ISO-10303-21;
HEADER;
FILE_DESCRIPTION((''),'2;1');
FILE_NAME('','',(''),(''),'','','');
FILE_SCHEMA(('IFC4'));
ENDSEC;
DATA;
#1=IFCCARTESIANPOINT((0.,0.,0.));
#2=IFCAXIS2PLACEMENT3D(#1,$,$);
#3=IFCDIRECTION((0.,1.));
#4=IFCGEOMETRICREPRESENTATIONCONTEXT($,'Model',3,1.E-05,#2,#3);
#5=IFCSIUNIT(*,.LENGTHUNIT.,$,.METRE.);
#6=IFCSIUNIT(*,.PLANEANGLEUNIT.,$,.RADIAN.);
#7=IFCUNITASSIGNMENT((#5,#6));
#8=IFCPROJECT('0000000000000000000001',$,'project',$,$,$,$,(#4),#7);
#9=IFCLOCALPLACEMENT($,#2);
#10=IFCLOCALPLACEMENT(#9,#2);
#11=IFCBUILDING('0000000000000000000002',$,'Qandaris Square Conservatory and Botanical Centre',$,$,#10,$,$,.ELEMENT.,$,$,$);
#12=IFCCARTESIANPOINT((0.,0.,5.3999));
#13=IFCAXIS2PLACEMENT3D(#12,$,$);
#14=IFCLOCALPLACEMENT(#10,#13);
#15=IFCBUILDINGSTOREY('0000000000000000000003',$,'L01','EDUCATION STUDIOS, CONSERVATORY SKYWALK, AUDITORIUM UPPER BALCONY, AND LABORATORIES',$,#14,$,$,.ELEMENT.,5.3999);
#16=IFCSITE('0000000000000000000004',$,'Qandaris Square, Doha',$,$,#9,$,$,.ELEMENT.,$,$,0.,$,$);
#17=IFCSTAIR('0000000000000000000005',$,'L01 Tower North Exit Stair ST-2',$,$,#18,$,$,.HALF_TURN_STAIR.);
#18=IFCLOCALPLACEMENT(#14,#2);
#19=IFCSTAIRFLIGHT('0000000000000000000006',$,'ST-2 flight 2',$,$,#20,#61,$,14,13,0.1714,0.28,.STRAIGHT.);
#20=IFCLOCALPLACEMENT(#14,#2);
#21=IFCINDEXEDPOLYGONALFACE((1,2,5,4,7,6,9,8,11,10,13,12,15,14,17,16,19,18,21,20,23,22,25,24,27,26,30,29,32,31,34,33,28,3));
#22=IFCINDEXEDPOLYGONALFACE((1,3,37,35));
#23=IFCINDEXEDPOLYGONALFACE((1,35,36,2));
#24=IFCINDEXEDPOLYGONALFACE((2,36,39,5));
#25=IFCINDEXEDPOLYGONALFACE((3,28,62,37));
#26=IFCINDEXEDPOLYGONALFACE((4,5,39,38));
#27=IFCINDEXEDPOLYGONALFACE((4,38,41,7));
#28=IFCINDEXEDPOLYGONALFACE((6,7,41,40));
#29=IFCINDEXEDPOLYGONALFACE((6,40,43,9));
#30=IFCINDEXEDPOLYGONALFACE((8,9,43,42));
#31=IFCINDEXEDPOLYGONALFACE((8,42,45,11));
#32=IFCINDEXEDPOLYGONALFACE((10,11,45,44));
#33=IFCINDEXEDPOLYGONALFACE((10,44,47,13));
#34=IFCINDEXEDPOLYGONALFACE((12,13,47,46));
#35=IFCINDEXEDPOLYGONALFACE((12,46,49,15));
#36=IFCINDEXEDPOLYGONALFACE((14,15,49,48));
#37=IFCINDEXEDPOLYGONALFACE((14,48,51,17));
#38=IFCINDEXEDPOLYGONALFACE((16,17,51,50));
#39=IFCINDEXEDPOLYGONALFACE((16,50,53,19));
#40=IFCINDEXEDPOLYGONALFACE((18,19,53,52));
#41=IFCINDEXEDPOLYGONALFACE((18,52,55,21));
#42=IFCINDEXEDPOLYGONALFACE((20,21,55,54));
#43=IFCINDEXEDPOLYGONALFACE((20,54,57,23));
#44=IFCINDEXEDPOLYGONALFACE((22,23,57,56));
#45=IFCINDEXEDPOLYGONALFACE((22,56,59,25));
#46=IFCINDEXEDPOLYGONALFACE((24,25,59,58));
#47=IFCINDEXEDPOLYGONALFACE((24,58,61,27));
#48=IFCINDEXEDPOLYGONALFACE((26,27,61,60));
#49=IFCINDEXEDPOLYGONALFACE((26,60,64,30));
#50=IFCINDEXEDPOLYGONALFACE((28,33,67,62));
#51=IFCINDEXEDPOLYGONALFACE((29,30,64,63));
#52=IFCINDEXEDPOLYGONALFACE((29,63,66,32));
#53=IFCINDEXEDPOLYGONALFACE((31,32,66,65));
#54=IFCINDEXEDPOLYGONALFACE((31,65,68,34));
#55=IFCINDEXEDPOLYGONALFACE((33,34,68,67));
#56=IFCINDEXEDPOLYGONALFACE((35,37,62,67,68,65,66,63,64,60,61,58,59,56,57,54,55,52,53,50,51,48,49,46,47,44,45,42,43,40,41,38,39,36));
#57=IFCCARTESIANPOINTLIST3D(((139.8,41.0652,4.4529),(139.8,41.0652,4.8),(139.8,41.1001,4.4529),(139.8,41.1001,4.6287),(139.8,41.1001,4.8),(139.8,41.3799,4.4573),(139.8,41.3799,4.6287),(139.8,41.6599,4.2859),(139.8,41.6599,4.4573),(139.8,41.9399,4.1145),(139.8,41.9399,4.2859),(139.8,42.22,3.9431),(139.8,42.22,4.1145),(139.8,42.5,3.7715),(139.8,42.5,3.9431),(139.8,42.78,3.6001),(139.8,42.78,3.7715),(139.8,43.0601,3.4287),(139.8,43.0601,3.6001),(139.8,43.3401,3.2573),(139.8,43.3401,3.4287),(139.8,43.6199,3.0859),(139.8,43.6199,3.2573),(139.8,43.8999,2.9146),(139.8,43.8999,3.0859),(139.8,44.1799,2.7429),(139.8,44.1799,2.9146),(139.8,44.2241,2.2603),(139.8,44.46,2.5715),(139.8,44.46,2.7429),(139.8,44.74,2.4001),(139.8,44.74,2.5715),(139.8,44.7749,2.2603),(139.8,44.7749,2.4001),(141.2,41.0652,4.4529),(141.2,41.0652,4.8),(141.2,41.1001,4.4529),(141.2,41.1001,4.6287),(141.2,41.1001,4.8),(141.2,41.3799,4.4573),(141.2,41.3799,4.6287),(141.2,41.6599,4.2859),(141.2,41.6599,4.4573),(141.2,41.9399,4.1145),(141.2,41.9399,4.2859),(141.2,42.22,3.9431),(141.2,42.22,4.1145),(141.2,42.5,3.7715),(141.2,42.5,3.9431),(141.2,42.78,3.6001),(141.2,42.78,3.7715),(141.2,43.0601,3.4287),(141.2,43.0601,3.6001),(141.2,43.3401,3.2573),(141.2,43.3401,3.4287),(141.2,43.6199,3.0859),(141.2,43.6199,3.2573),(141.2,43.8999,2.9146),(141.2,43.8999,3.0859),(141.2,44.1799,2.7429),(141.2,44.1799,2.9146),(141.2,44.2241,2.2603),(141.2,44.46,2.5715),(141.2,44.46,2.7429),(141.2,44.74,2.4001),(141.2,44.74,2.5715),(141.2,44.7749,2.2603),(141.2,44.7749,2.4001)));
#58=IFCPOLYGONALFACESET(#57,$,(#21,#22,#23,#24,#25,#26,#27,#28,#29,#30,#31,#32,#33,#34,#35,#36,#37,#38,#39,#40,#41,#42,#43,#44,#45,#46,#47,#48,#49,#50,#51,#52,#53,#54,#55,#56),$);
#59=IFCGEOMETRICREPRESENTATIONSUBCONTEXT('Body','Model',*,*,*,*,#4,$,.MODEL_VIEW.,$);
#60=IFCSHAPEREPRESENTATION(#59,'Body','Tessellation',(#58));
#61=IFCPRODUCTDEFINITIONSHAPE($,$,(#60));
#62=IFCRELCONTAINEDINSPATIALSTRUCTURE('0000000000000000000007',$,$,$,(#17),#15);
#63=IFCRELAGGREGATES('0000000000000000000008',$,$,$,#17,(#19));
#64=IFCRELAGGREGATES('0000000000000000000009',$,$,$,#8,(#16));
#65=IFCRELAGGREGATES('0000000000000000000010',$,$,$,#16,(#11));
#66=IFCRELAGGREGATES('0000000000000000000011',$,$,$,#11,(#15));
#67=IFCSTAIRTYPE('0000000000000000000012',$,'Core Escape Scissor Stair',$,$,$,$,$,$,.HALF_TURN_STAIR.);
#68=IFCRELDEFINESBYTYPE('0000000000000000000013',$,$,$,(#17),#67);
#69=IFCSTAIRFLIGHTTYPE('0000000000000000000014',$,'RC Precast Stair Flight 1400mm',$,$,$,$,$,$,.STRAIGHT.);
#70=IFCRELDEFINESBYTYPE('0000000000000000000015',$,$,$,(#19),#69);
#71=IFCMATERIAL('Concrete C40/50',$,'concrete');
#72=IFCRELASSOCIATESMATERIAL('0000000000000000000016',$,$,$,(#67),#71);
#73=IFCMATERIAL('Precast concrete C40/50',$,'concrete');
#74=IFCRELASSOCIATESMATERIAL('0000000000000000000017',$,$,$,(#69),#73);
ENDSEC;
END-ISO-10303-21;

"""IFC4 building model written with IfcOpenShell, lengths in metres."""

from ifc_helpers import new_model, si_unit, direction, frame, origin, place, context, subcontext, project, spatial, polyline, outline, extrude, material, type_object, element, aggregate, save


model = new_model("IFC4")

# Units and contexts
model_context = context("Model", 3, precision=1e-05, world=origin(), true_north=direction((0.0, 1.0)))
body_context = subcontext(model_context, "Body", "Model", "MODEL_VIEW")
ifc_project = project(units=[si_unit("LENGTHUNIT", "METRE"), si_unit("PLANEANGLEUNIT", "RADIAN")], contexts=[model_context])

# Site, building, storey
site_placement = place(None, origin())
site = spatial("IfcSite", under=ifc_project, at=site_placement, Name="Qandaris Square, Doha", CompositionType="ELEMENT", RefElevation=0.0)
building_placement = place(site_placement, origin())
building = spatial("IfcBuilding", under=site, at=building_placement, Name="Qandaris Square Conservatory and Botanical Centre", CompositionType="ELEMENT")
storey_placement = place(building_placement, frame((0.0, 0.0, 5.3999)))
storey = spatial("IfcBuildingStorey", under=building, at=storey_placement, Name="L01", Description="EDUCATION STUDIOS, CONSERVATORY SKYWALK, AUDITORIUM UPPER BALCONY, AND LABORATORIES", CompositionType="ELEMENT", Elevation=5.3999)

# Shared definitions
ifc_material_1 = material(Name="Concrete C40/50", Category="concrete")

# Stair, stair flight
stair_type = type_object("IfcStairType", Name="Core Escape Scissor Stair", PredefinedType="HALF_TURN_STAIR", material=ifc_material_1)
stair_placement = place(storey_placement, origin())
stair = element("IfcStair", 1, at=stair_placement, inside=storey, type_object=stair_type, Name="L01 Tower North Exit Stair ST-2", PredefinedType="HALF_TURN_STAIR")
ifc_material_2 = material(Name="Precast concrete C40/50", Category="concrete")
stair_flight_type = type_object("IfcStairFlightType", Name="RC Precast Stair Flight 1400mm", PredefinedType="STRAIGHT", material=ifc_material_2)
stair_flight_1_placement = place(storey_placement, frame((140.5, 44.74, 2.4001), z_axis=(0.0, 0.0, 1.0), x_axis=(0.0, -1.0, 0.0)))
stair_flight_1 = element("IfcStairFlight", 2, at=stair_flight_1_placement, type_object=stair_flight_type, Name="ST-2 flight 2", NumberOfRisers=14, NumberOfTreads=13, PredefinedType="STRAIGHT", RiserHeight=0.1714, TreadLength=0.28, context=body_context, shape_type="SweptSolid", body=[
    extrude(outline(polyline([(-0.0349, 0.0), (0.0, 0.0), (0.0, 0.1714), (0.28, 0.1714), (0.28, 0.3428), (0.5601, 0.3428), (0.5601, 0.5144), (0.8401, 0.5144), (0.8401, 0.6858), (1.1201, 0.6858), (1.1201, 0.8572), (1.3999, 0.8572), (1.3999, 1.0286), (1.6799, 1.0286), (1.6799, 1.2), (1.96, 1.2), (1.96, 1.3713), (2.24, 1.3713), (2.24, 1.543), (2.52, 1.543), (2.52, 1.7144), (2.8, 1.7144), (2.8, 1.8857), (3.0801, 1.8857), (3.0801, 2.0571), (3.3601, 2.0571), (3.3601, 2.2285), (3.6399, 2.2285), (3.6399, 2.3999), (3.6748, 2.3999), (3.6748, 2.0527), (3.6399, 2.0527), (0.5159, -0.1399), (-0.0349, -0.1399), (-0.0349, 0.0)])), frame((0.0, 0.7, 0.0), z_axis=(0.0, -1.0, 0.0), x_axis=(1.0, 0.0, 0.0)), (0.0, 0.0, 1.0), 1.3999),
])
aggregate(stair, [stair_flight_1])

save(model, "model.ifc")
